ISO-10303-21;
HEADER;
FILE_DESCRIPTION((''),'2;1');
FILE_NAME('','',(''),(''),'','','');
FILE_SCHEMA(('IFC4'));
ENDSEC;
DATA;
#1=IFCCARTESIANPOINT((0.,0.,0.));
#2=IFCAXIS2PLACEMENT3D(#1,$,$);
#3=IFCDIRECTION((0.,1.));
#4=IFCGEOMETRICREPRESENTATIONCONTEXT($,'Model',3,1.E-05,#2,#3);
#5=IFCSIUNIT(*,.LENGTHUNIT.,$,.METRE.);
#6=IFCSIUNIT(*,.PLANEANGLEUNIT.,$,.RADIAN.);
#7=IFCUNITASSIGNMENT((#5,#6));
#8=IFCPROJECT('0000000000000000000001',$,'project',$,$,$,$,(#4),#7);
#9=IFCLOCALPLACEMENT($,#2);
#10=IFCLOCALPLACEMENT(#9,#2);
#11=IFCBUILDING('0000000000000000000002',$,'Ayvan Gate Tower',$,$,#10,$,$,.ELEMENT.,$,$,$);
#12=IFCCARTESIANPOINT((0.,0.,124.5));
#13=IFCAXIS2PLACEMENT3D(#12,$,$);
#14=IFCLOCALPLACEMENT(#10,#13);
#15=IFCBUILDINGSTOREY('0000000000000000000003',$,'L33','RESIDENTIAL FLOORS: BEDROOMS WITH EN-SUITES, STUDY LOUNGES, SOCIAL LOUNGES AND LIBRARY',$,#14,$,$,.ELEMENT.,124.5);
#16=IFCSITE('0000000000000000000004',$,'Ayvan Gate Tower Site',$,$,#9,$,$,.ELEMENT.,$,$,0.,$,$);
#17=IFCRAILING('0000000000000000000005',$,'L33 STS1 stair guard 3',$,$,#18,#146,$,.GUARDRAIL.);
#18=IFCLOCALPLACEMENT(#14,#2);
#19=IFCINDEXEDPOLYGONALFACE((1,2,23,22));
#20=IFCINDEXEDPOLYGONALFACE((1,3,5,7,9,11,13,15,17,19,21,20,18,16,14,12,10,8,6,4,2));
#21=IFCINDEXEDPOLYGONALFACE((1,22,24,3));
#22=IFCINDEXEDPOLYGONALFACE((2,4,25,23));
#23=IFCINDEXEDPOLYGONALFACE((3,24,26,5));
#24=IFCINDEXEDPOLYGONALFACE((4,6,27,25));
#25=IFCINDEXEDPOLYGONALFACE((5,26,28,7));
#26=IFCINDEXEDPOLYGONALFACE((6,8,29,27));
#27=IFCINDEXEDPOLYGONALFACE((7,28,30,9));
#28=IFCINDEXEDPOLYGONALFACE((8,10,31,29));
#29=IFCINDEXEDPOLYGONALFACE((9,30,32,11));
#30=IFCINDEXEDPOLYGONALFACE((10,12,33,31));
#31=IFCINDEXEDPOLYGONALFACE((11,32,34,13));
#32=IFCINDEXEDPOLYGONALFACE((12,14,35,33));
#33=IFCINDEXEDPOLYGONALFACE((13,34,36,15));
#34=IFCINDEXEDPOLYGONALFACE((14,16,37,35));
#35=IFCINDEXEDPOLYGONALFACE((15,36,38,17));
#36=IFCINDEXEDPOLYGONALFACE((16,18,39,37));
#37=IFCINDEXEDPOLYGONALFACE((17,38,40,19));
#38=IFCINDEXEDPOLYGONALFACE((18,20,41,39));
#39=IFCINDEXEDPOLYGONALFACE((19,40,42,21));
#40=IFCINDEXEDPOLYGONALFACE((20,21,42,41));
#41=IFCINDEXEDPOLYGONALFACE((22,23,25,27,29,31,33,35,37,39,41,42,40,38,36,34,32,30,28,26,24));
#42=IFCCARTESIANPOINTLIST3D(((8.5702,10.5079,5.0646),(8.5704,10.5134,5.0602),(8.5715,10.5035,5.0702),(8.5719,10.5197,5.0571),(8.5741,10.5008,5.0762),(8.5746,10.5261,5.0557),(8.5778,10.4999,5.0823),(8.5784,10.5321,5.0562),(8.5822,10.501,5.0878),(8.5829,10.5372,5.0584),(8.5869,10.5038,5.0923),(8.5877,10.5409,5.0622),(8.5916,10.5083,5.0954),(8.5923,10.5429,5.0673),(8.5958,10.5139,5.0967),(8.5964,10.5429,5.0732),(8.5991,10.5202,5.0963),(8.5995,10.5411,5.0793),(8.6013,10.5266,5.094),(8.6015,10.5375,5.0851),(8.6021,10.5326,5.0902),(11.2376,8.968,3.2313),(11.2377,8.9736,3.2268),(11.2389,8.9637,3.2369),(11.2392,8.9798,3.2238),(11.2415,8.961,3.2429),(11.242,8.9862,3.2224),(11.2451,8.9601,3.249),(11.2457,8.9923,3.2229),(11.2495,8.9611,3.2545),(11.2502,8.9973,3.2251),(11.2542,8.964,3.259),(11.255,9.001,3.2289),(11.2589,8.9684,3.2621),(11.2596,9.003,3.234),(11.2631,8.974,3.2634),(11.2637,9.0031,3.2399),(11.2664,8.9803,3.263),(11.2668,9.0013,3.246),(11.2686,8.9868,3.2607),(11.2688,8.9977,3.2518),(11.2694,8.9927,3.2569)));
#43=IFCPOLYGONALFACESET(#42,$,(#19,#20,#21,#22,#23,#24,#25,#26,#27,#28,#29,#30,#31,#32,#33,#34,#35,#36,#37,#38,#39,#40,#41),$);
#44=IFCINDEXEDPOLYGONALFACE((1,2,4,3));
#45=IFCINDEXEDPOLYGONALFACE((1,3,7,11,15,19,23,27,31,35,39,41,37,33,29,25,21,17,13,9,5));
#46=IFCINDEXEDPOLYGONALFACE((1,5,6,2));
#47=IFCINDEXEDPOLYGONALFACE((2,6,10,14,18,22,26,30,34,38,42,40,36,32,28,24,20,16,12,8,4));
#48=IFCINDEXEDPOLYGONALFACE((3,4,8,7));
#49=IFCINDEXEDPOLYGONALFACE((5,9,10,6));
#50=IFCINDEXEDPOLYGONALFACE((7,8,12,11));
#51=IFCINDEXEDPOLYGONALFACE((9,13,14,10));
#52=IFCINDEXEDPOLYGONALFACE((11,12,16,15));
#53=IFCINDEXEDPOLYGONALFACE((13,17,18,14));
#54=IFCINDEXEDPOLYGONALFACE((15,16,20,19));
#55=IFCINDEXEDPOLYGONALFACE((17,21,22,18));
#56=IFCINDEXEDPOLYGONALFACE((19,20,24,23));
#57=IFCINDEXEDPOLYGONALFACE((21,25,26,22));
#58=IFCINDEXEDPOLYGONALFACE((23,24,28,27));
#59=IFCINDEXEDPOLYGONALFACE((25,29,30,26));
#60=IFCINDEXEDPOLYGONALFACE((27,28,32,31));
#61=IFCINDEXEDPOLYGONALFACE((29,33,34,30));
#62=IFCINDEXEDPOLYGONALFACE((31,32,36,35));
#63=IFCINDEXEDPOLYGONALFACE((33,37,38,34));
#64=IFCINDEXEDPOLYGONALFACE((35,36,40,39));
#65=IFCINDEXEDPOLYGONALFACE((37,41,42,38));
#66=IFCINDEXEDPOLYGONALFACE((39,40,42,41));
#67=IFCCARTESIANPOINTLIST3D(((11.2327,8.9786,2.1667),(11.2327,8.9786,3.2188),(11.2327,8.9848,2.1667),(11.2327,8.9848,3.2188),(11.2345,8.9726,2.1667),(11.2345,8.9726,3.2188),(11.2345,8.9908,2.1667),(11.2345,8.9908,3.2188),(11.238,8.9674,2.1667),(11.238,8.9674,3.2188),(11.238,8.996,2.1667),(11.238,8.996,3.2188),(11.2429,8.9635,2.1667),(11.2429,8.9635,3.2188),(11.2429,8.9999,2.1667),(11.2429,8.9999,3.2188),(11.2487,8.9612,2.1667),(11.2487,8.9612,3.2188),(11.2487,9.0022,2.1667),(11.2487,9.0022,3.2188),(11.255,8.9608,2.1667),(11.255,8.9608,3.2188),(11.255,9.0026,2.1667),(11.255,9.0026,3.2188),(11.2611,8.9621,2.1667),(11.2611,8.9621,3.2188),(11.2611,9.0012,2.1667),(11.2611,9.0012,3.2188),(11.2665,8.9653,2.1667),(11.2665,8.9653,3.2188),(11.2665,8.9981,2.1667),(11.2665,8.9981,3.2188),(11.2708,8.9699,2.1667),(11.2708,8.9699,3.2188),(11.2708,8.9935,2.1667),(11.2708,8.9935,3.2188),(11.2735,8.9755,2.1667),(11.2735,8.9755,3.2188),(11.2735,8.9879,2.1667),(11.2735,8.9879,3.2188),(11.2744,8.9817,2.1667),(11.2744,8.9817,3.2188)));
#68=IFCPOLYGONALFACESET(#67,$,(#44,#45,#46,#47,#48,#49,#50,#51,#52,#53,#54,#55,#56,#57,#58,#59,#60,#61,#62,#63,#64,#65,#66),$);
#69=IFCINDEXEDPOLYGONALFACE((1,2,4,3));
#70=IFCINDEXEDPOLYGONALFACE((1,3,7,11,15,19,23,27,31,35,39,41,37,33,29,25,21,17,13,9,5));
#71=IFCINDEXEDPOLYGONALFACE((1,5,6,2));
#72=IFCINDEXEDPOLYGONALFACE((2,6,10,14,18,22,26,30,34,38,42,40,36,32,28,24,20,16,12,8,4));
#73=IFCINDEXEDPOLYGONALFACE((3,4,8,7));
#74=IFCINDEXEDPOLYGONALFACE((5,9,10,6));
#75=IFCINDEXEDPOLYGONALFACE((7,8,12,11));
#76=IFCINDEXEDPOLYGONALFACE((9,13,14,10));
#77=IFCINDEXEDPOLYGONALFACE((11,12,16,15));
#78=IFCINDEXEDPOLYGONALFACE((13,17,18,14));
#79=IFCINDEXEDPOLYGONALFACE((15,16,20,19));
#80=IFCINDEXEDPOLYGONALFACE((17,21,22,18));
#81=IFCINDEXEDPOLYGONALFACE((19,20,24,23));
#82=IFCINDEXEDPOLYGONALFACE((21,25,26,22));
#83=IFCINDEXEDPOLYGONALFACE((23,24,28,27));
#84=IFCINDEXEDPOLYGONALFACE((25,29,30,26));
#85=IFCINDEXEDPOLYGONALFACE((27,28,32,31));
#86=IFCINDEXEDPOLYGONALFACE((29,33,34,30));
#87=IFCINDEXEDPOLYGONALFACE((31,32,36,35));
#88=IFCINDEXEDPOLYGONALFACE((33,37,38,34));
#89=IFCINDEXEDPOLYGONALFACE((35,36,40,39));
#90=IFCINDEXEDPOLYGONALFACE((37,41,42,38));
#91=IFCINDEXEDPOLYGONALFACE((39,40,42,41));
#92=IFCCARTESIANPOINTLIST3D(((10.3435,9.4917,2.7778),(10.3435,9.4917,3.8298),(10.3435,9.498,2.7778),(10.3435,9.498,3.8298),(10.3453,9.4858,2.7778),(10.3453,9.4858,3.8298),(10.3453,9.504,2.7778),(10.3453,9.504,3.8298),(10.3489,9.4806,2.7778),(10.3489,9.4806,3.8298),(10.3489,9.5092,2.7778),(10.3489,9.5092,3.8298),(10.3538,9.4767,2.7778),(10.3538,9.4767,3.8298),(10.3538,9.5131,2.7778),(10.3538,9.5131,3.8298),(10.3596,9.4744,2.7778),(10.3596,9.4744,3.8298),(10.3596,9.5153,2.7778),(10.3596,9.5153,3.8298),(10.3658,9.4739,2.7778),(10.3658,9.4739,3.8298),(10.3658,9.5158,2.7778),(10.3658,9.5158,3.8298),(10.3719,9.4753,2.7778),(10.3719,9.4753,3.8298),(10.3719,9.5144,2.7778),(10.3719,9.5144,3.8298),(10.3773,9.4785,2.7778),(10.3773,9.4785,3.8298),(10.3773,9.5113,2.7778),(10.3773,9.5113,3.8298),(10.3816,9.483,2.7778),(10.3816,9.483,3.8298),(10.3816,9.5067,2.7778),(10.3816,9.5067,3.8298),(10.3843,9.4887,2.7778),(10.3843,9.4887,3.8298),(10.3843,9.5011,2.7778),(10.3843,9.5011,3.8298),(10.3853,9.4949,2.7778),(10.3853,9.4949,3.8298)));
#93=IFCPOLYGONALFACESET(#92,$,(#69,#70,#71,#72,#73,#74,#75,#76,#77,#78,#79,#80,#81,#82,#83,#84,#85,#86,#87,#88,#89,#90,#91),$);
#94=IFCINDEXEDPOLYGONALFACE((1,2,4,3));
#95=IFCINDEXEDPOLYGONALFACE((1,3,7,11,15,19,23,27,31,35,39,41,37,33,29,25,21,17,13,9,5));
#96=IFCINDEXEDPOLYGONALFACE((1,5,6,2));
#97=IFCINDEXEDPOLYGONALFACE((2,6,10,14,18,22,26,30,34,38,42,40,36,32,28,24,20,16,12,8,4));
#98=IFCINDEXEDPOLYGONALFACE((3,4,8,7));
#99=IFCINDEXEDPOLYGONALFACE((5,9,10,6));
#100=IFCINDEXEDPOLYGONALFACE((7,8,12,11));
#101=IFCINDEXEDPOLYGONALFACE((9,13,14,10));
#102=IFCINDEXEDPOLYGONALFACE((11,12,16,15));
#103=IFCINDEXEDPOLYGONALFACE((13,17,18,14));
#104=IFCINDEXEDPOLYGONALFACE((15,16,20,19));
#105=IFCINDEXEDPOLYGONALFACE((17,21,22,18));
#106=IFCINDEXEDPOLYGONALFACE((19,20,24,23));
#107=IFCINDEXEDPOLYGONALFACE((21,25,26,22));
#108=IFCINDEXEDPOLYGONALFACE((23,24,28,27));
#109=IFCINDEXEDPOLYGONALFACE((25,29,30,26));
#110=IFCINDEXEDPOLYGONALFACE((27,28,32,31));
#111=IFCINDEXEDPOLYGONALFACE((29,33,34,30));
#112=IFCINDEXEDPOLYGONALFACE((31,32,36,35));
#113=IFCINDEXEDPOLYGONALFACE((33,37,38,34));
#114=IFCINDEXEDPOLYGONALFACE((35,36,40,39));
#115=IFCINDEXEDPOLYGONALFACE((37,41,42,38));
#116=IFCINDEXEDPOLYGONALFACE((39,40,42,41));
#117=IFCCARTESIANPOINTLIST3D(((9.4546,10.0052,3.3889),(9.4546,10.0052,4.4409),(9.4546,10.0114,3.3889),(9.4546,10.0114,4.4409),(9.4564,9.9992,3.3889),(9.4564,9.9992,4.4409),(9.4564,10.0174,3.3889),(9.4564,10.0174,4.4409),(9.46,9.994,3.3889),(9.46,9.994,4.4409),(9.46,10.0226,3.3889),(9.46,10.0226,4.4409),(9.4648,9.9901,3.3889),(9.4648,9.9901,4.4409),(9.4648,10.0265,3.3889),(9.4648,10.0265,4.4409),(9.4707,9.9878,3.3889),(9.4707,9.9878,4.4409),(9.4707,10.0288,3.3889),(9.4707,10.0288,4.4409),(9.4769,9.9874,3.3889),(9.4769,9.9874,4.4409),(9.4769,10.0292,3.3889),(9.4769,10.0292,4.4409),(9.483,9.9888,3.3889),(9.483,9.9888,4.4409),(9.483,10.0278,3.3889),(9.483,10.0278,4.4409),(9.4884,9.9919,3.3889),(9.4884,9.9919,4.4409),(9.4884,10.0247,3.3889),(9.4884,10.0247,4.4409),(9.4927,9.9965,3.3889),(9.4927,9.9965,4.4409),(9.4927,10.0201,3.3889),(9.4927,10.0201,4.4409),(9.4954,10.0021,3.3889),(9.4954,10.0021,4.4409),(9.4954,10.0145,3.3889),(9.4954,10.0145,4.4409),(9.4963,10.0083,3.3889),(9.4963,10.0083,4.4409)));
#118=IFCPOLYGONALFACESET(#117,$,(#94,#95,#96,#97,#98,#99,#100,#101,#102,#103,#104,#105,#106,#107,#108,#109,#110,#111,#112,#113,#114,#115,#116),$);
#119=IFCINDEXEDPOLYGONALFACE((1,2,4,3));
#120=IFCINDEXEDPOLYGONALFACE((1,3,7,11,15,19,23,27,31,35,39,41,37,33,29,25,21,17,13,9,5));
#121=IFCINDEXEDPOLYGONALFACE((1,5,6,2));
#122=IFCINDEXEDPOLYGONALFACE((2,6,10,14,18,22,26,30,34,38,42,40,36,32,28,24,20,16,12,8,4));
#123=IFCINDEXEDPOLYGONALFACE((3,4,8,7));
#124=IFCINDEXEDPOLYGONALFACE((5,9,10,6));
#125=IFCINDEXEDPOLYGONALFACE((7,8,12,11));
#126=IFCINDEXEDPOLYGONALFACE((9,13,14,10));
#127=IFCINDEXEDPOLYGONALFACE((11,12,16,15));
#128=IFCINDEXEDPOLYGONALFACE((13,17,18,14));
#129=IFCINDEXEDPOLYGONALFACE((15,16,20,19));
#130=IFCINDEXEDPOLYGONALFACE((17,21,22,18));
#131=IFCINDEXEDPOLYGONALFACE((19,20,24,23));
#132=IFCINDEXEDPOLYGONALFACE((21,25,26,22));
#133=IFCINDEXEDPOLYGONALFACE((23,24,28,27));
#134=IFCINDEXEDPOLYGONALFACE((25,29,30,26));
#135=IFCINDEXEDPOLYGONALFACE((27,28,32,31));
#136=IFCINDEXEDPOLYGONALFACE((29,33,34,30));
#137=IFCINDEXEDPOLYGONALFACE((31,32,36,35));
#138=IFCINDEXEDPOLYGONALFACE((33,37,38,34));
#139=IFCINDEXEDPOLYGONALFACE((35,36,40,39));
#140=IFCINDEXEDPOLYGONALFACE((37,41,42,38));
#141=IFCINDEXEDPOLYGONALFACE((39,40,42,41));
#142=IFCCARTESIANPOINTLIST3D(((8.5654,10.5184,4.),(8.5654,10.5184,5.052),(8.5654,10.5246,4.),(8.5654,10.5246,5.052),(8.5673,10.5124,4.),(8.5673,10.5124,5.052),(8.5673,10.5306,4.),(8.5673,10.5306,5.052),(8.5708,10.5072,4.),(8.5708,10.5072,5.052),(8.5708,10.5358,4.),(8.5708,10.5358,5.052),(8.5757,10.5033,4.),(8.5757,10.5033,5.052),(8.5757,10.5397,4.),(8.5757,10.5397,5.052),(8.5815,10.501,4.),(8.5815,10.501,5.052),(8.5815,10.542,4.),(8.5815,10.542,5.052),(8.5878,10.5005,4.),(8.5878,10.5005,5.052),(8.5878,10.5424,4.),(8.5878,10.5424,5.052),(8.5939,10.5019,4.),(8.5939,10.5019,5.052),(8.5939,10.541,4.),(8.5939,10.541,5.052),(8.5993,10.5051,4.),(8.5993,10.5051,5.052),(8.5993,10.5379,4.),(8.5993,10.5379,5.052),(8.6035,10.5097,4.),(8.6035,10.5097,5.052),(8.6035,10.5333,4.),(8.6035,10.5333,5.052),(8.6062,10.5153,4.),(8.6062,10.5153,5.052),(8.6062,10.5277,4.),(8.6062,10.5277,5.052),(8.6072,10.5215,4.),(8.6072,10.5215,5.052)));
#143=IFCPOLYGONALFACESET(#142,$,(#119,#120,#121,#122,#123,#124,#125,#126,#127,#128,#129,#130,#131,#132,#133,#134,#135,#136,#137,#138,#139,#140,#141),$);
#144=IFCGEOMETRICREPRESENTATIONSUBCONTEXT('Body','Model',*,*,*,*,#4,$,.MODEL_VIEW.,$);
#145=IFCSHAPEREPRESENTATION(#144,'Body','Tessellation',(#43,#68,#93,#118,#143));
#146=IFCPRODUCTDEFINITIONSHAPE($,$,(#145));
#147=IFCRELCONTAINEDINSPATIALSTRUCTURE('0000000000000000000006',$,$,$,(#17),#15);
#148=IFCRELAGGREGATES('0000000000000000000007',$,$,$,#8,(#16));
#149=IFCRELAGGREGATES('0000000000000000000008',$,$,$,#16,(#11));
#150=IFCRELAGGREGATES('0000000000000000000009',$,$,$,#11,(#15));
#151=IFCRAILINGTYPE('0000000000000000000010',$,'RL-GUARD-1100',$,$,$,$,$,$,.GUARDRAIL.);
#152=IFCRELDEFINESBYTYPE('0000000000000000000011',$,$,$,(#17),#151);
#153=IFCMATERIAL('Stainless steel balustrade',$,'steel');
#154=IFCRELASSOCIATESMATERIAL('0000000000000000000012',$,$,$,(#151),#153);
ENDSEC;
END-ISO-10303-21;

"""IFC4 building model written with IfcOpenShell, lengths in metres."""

from ifc_helpers import new_model, si_unit, direction, frame, origin, origin_2d, place, context, subcontext, project, spatial, circle, extrude, material, type_object, element, save


model = new_model("IFC4")

# Units and contexts
model_context = context("Model", 3, precision=1e-05, world=origin(), true_north=direction((0.0, 1.0)))
body_context = subcontext(model_context, "Body", "Model", "MODEL_VIEW")
ifc_project = project(units=[si_unit("LENGTHUNIT", "METRE"), si_unit("PLANEANGLEUNIT", "RADIAN")], contexts=[model_context])

# Site, building, storey
site_placement = place(None, origin())
site = spatial("IfcSite", under=ifc_project, at=site_placement, Name="Ayvan Gate Tower Site", CompositionType="ELEMENT", RefElevation=0.0)
building_placement = place(site_placement, origin())
building = spatial("IfcBuilding", under=site, at=building_placement, Name="Ayvan Gate Tower", CompositionType="ELEMENT")
storey_placement = place(building_placement, frame((0.0, 0.0, 124.5)))
storey = spatial("IfcBuildingStorey", under=building, at=storey_placement, Name="L33", Description="RESIDENTIAL FLOORS: BEDROOMS WITH EN-SUITES, STUDY LOUNGES, SOCIAL LOUNGES AND LIBRARY", CompositionType="ELEMENT", Elevation=124.5)

# Railing
ifc_material_1 = material(Name="Stainless steel balustrade", Category="steel")
railing_type_1 = type_object("IfcRailingType", Name="RL-GUARD-1100", PredefinedType="GUARDRAIL", material=ifc_material_1)
railing_1_placement = place(storey_placement, frame((11.2534, 8.9817, 2.1667)))
element("IfcRailing", 1, at=railing_1_placement, inside=storey, type_object=railing_type_1, Name="L33 STS1 stair guard 3", PredefinedType="GUARDRAIL", context=body_context, shape_type="SweptSolid", body=[
    extrude(circle(Radius=0.0239, at=origin_2d()), frame((0.0, 0.0, 1.0762), z_axis=(-0.744181, 0.429616, 0.511493), x_axis=(-0.499967, -0.866044, 0.0)), (0.0, 0.0, 1.0), 3.5842),
    extrude(circle(Radius=0.021, at=origin_2d()), origin(), (0.0, 0.0, 1.0), 1.052),
    extrude(circle(Radius=0.021, at=origin_2d()), frame((-0.8892, 0.5132, 0.6111)), (0.0, 0.0, 1.0), 1.052),
    extrude(circle(Radius=0.021, at=origin_2d()), frame((-1.7781, 1.0266, 1.2222)), (0.0, 0.0, 1.0), 1.052),
    extrude(circle(Radius=0.021, at=origin_2d()), frame((-2.6672, 1.5398, 1.8333)), (0.0, 0.0, 1.0), 1.052),
])

save(model, "model.ifc")
